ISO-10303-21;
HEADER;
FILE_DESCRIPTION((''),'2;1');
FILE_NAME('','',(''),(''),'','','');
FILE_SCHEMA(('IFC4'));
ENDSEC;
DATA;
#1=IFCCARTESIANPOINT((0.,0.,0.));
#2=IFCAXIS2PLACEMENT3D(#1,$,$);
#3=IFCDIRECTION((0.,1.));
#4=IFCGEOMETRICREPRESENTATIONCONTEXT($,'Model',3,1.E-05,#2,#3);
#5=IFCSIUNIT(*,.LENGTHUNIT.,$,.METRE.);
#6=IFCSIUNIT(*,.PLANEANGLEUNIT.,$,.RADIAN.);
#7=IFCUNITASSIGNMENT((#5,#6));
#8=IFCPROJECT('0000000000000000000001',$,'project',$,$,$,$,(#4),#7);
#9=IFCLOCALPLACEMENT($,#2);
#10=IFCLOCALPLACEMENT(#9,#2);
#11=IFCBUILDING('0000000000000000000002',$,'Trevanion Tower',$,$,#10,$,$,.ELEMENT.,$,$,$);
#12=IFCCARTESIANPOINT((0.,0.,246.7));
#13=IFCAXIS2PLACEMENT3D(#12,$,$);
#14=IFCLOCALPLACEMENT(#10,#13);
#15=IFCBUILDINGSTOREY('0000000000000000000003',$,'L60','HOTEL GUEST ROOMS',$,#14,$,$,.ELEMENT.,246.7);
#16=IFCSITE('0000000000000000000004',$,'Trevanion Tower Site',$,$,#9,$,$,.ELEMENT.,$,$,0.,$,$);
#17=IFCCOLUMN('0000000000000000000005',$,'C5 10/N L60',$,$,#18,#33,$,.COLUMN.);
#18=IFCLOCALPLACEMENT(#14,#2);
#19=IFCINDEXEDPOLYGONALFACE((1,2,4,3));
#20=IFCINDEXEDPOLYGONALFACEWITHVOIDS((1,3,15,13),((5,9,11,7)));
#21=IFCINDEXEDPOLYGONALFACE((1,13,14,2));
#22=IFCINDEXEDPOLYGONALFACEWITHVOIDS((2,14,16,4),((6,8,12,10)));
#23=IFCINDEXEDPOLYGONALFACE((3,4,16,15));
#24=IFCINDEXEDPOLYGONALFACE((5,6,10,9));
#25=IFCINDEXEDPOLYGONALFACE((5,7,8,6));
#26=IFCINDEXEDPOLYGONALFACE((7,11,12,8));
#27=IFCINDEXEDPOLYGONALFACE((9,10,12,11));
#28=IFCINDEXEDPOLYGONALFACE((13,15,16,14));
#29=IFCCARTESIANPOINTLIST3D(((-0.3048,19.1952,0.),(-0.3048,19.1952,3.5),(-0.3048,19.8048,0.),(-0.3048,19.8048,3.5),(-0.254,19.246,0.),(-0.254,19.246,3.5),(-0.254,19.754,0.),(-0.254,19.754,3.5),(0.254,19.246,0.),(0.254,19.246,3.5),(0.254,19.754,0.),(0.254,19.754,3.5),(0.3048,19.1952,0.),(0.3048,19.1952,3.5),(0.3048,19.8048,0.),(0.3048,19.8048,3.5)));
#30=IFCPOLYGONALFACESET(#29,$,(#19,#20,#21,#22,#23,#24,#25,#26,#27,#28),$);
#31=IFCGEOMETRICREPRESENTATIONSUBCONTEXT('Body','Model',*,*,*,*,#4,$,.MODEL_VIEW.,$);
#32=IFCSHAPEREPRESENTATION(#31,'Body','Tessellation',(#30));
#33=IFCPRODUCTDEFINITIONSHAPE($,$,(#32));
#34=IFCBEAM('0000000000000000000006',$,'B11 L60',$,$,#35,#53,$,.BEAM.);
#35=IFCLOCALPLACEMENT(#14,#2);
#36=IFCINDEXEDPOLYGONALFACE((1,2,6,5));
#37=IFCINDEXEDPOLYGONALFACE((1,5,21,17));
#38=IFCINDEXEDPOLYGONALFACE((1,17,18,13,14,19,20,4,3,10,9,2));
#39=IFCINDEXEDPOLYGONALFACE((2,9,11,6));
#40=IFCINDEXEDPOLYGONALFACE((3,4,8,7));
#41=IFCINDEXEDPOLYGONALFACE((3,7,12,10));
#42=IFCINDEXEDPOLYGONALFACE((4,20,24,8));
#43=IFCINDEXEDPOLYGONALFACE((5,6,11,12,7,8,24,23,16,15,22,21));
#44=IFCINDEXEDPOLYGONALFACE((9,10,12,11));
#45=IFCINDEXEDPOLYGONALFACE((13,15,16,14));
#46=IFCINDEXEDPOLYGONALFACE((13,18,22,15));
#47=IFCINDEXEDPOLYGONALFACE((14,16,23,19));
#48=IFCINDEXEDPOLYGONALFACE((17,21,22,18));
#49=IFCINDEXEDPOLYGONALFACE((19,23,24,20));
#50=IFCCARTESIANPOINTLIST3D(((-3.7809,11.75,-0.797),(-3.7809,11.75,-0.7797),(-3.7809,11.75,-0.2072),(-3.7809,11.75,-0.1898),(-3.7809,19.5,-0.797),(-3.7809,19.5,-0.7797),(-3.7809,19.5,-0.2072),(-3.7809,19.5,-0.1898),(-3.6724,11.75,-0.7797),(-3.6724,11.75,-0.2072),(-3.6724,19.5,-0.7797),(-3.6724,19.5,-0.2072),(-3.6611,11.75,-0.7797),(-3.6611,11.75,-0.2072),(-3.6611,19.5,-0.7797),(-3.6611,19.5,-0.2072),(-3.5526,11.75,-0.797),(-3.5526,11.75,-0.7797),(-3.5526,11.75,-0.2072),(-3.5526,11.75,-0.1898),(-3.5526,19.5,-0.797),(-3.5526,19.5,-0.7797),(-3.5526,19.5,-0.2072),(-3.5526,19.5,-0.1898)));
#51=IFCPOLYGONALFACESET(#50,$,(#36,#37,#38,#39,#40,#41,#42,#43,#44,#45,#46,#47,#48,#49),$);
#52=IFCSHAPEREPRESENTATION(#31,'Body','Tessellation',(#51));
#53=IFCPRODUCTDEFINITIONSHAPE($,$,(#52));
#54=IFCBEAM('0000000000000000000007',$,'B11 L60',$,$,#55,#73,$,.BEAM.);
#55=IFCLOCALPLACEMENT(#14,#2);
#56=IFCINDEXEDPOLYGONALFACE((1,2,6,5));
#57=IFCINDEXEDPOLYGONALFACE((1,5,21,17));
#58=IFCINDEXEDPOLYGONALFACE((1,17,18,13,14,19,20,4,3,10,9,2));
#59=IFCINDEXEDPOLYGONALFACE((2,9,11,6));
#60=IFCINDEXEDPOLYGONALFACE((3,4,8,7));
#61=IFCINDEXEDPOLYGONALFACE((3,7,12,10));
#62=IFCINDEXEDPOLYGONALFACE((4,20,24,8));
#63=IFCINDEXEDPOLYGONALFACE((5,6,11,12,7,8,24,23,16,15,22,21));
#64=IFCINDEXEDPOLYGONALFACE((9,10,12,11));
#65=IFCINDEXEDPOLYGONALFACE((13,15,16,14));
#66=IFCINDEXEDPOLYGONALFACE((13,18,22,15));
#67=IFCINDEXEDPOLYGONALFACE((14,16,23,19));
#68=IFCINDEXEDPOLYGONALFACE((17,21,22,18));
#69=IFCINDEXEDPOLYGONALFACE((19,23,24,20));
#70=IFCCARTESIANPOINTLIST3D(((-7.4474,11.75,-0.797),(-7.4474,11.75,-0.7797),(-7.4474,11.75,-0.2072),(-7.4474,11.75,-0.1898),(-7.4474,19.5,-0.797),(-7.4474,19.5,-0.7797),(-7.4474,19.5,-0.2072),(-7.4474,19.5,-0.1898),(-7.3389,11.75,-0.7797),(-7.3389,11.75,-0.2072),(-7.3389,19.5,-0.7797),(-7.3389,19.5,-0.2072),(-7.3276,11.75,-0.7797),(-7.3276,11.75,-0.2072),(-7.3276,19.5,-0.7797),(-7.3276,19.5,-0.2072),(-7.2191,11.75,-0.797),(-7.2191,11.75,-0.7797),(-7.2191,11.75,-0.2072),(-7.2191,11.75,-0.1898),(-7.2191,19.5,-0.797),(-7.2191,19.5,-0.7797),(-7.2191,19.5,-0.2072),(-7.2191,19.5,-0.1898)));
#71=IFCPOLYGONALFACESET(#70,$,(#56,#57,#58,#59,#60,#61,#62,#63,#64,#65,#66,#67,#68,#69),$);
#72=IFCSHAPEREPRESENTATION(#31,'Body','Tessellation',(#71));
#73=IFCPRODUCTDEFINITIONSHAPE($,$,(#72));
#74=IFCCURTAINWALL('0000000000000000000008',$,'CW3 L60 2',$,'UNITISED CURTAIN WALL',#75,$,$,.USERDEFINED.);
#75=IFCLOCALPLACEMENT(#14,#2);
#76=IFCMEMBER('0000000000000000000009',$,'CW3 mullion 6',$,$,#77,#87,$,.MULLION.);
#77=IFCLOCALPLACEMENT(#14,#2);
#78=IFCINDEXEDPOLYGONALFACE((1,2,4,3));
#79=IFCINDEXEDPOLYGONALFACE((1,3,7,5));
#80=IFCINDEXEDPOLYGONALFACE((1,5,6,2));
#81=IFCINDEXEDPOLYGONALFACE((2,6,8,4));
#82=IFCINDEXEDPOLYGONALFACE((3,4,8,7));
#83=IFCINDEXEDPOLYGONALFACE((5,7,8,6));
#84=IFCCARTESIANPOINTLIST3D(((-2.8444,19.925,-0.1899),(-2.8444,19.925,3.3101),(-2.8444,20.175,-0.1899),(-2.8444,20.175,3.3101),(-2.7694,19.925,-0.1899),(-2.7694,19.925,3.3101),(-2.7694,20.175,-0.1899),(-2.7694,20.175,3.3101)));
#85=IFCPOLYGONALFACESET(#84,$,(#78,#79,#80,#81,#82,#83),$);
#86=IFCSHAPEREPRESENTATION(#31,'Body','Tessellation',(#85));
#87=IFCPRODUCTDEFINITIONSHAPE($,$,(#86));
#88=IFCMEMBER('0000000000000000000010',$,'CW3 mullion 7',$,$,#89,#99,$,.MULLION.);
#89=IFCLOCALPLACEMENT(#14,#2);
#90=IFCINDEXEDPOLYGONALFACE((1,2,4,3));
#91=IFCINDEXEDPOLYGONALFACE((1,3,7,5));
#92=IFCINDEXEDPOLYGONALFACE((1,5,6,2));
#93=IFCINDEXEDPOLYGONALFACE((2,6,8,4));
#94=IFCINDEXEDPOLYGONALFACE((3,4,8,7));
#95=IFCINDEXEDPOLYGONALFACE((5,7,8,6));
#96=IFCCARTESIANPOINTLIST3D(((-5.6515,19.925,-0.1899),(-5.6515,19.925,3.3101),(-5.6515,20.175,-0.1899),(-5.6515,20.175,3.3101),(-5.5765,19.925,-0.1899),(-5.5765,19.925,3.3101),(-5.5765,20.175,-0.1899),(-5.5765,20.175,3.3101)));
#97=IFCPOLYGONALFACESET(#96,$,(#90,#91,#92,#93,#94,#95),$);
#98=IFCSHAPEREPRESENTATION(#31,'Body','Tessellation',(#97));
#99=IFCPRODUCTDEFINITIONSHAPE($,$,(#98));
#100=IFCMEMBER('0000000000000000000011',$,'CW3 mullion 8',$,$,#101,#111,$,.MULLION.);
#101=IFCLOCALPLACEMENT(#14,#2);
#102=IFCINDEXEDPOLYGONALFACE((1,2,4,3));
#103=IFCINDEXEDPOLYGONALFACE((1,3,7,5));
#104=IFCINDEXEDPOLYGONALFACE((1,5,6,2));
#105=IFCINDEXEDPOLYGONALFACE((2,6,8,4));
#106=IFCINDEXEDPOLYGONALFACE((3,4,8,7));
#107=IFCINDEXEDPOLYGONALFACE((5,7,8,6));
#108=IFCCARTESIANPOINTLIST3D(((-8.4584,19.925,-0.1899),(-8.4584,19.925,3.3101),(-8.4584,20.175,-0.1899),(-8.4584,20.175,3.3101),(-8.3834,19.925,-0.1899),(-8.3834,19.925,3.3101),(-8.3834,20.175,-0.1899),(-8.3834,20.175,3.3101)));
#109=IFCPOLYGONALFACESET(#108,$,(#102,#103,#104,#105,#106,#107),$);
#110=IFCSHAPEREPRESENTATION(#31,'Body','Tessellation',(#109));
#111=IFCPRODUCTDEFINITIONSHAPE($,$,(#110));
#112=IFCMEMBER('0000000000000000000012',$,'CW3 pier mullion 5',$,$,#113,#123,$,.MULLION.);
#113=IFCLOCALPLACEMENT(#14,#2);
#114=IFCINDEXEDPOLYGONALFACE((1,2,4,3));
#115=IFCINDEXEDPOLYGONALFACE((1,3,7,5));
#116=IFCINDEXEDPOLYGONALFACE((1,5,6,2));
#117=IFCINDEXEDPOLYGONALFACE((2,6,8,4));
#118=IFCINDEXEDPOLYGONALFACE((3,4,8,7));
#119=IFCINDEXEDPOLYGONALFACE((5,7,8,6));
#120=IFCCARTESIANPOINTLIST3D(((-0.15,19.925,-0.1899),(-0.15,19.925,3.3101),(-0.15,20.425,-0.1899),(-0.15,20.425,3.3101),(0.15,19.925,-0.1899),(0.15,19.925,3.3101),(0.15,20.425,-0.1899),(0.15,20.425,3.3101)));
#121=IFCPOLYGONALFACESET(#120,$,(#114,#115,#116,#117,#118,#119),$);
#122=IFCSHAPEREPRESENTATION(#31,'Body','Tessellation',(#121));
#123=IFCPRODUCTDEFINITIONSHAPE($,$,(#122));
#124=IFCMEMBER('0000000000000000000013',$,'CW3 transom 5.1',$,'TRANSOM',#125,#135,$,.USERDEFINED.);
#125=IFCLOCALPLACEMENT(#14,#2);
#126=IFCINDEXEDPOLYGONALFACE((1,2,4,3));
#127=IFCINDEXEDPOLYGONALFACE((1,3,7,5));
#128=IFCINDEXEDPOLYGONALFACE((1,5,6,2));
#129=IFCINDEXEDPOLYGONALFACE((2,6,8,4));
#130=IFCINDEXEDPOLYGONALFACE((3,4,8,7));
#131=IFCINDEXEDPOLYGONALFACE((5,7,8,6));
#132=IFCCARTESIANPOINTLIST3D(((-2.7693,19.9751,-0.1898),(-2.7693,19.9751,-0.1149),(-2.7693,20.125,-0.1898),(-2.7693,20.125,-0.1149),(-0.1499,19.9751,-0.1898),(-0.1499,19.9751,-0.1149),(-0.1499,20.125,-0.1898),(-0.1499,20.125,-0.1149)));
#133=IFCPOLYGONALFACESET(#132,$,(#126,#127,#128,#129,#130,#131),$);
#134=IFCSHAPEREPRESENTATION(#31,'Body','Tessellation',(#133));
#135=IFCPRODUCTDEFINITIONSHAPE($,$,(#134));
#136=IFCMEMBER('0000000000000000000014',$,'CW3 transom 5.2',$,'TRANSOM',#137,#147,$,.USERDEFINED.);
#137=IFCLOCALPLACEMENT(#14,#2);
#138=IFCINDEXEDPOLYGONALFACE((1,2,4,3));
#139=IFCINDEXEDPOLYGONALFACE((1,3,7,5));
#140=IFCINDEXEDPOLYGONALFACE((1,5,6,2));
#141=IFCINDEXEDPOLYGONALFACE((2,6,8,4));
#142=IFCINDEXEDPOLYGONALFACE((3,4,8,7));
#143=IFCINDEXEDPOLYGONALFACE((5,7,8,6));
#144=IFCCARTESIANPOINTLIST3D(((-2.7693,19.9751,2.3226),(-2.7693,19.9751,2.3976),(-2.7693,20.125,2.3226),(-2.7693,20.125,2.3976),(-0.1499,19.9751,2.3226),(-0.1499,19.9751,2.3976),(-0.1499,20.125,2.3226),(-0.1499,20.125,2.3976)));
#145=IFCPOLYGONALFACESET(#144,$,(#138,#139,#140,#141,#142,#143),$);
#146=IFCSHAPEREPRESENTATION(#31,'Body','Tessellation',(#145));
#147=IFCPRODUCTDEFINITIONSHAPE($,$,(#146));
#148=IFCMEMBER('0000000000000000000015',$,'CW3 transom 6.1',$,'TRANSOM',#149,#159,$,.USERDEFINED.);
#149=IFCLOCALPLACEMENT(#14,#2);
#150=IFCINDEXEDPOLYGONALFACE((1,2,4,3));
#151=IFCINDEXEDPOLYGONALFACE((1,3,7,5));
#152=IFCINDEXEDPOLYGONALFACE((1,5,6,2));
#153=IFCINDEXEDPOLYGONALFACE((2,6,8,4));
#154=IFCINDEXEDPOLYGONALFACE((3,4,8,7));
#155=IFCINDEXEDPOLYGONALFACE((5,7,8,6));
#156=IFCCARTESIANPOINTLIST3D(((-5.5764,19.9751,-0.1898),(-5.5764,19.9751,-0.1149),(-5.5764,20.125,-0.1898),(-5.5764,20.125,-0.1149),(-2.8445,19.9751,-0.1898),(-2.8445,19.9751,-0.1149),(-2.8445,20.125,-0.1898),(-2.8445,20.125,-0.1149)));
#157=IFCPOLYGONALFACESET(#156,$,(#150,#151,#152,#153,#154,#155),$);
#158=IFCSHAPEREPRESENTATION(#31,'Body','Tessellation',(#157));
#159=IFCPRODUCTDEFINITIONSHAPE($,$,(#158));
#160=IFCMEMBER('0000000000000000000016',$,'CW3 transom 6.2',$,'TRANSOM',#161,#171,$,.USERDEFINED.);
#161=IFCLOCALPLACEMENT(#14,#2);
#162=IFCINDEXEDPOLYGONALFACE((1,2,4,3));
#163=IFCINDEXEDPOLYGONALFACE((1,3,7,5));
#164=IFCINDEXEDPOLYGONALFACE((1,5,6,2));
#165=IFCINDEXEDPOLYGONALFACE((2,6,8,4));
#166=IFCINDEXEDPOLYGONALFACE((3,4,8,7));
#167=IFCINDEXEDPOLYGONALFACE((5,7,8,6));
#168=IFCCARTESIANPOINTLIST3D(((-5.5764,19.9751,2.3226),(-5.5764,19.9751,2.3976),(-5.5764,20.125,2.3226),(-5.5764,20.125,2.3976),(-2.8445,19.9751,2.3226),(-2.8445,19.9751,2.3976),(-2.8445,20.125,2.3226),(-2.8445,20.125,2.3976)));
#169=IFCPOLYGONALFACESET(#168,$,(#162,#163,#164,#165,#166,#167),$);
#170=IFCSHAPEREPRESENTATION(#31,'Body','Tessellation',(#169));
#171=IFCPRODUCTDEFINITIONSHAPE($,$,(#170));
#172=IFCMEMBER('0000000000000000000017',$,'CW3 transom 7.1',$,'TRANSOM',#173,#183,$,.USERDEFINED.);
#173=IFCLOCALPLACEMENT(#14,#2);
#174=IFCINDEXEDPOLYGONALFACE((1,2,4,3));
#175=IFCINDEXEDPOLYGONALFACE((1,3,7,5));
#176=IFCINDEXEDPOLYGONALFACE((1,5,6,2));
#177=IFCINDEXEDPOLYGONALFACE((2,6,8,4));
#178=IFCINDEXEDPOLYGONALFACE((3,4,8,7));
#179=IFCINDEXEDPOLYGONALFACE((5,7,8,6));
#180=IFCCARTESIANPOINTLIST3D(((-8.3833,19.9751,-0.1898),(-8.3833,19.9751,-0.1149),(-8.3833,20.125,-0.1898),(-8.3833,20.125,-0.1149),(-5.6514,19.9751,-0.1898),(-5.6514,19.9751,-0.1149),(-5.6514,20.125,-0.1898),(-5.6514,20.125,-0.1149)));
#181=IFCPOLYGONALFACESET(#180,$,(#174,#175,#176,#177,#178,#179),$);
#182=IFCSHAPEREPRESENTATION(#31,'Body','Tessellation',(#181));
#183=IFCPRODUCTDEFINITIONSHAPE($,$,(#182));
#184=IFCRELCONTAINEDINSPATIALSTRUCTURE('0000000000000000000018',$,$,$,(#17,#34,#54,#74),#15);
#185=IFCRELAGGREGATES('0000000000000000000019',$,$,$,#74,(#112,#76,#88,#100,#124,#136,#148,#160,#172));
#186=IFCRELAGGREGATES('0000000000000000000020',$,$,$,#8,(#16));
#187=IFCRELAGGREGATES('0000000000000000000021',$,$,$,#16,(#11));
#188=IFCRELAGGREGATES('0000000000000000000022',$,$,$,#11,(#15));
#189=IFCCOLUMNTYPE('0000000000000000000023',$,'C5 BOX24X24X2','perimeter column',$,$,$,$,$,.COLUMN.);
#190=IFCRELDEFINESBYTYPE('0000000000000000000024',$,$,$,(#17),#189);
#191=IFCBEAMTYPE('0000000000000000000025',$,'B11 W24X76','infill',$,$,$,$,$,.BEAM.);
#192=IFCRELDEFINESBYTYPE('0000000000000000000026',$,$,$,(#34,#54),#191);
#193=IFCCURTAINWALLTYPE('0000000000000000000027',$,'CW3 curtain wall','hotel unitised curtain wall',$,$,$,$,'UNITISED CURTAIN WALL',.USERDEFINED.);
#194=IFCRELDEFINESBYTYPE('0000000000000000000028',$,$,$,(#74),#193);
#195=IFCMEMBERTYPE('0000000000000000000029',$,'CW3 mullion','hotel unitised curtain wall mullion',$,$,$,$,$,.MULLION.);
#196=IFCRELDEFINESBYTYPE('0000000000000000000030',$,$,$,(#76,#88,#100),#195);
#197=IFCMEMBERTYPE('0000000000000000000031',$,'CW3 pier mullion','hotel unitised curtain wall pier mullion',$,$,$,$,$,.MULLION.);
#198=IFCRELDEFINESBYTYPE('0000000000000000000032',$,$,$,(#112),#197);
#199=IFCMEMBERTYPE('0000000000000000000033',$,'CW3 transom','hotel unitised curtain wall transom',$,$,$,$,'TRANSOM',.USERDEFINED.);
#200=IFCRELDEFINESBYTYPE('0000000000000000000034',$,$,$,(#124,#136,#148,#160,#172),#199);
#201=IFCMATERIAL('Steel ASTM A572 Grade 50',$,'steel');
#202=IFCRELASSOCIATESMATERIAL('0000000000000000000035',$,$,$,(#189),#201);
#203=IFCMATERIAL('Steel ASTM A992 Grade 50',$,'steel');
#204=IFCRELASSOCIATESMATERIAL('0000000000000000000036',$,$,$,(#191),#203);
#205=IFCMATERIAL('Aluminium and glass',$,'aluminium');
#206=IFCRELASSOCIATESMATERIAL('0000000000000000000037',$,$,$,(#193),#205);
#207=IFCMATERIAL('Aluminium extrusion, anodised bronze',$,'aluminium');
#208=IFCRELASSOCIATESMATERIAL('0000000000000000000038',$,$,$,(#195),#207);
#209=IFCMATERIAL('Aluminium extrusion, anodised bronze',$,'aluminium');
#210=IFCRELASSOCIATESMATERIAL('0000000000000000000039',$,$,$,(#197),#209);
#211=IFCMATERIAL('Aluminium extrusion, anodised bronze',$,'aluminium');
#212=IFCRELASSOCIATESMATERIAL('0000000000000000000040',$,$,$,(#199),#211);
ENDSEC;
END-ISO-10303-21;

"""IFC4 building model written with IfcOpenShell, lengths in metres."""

from ifc_helpers import new_model, si_unit, direction, frame, origin, origin_2d, place, context, subcontext, project, spatial, rectangle, hollow_rectangle, i_section, extrude, material, material_profile, profile_set, type_object, element, aggregate, save


model = new_model("IFC4")

# Units and contexts
model_context = context("Model", 3, precision=1e-05, world=origin(), true_north=direction((0.0, 1.0)))
body_context = subcontext(model_context, "Body", "Model", "MODEL_VIEW")
ifc_project = project(units=[si_unit("LENGTHUNIT", "METRE"), si_unit("PLANEANGLEUNIT", "RADIAN")], contexts=[model_context])

# Site, building, storey
site_placement = place(None, origin())
site = spatial("IfcSite", under=ifc_project, at=site_placement, Name="Trevanion Tower Site", CompositionType="ELEMENT", RefElevation=0.0)
building_placement = place(site_placement, origin())
building = spatial("IfcBuilding", under=site, at=building_placement, Name="Trevanion Tower", CompositionType="ELEMENT")
storey_placement = place(building_placement, frame((0.0, 0.0, 246.7)))
storey = spatial("IfcBuildingStorey", under=building, at=storey_placement, Name="L60", Description="HOTEL GUEST ROOMS", CompositionType="ELEMENT", Elevation=246.7)

# Column
ifc_material_1 = material(Name="Steel ASTM A572 Grade 50", Category="steel")
ifc_material_profile_1 = material_profile(ifc_material_1, hollow_rectangle(XDim=0.6096, YDim=0.6096, WallThickness=0.0508, at=origin_2d()), Name="BOX24X24X2")
ifc_profile_set_1 = profile_set([ifc_material_profile_1], Name="Steel ASTM A572 Grade 50")
column_type = type_object("IfcColumnType", Name="C5 BOX24X24X2", Description="perimeter column", PredefinedType="COLUMN", material=ifc_profile_set_1)
column_placement = place(storey_placement, frame((0.0, 19.5, 0.0), z_axis=(0.0, 0.0, 1.0), x_axis=(1.0, 0.0, 0.0)))
element("IfcColumn", 1, at=column_placement, inside=storey, type_object=column_type, Name="C5 10/N L60", PredefinedType="COLUMN", context=body_context, shape_type="SweptSolid", body=[
    extrude(hollow_rectangle(XDim=0.6096, YDim=0.6096, WallThickness=0.0508, at=origin_2d()), origin(), (0.0, 0.0, 1.0), 3.5),
])

# Beams
ifc_material_2 = material(Name="Steel ASTM A992 Grade 50", Category="steel")
ifc_material_profile_2 = material_profile(ifc_material_2, i_section(OverallWidth=0.2283, OverallDepth=0.6072, WebThickness=0.0112, FlangeThickness=0.0173, at=origin_2d()), Name="W24X76")
ifc_profile_set_2 = profile_set([ifc_material_profile_2], Name="Steel ASTM A992 Grade 50")
beam_type_1 = type_object("IfcBeamType", Name="B11 W24X76", Description="infill", PredefinedType="BEAM", material=ifc_profile_set_2)
for number, where, z_axis, x_axis, name in (
    (2, (-3.6667, 11.75, -0.4934), (0.0, 1.0, 0.0), (-1.0, 0.0, 0.0), "B11 L60"),
    (3, (-7.3333, 11.75, -0.4934), (0.0, 1.0, 0.0), (-1.0, 0.0, 0.0), "B11 L60"),
):
    element("IfcBeam", number, at=place(storey_placement, frame(where, z_axis=z_axis, x_axis=x_axis)), inside=storey, type_object=beam_type_1, Name=name, PredefinedType="BEAM", context=body_context, shape_type="SweptSolid", body=[
        extrude(i_section(OverallWidth=0.2283, OverallDepth=0.6072, WebThickness=0.0112, FlangeThickness=0.0173, at=origin_2d()), origin(), (0.0, 0.0, 1.0), 7.75),
    ])

# Curtain wall, members
ifc_material_3 = material(Name="Aluminium and glass", Category="aluminium")
curtain_wall_type = type_object("IfcCurtainWallType", Name="CW3 curtain wall", Description="hotel unitised curtain wall", ElementType="UNITISED CURTAIN WALL", PredefinedType="USERDEFINED", material=ifc_material_3)
curtain_wall_placement = place(storey_placement, origin())
curtain_wall = element("IfcCurtainWall", 4, at=curtain_wall_placement, inside=storey, type_object=curtain_wall_type, Name="CW3 L60 2", ObjectType="UNITISED CURTAIN WALL", PredefinedType="USERDEFINED")
ifc_material_4 = material(Name="Aluminium extrusion, anodised bronze", Category="aluminium")
ifc_material_profile_3 = material_profile(ifc_material_4, rectangle(XDim=0.075, YDim=0.25, at=origin_2d()), Name="CW3 mullion")
ifc_profile_set_3 = profile_set([ifc_material_profile_3], Name="Aluminium extrusion, anodised bronze")
member_type_1 = type_object("IfcMemberType", Name="CW3 mullion", Description="hotel unitised curtain wall mullion", PredefinedType="MULLION", material=ifc_profile_set_3)
member_1_placement = place(storey_placement, frame((-2.8069, 20.05, -0.1899), z_axis=(0.0, 0.0, 1.0), x_axis=(-1.0, 0.0, 0.0)))
member_1 = element("IfcMember", 5, at=member_1_placement, type_object=member_type_1, Name="CW3 mullion 6", PredefinedType="MULLION", context=body_context, shape_type="SweptSolid", body=[
    extrude(rectangle(XDim=0.075, YDim=0.25, at=origin_2d()), origin(), (0.0, 0.0, 1.0), 3.5),
])
member_2_placement = place(storey_placement, frame((-5.614, 20.05, -0.1899), z_axis=(0.0, 0.0, 1.0), x_axis=(-1.0, 0.0, 0.0)))
member_2 = element("IfcMember", 6, at=member_2_placement, type_object=member_type_1, Name="CW3 mullion 7", PredefinedType="MULLION", context=body_context, shape_type="SweptSolid", body=[
    extrude(rectangle(XDim=0.075, YDim=0.25, at=origin_2d()), origin(), (0.0, 0.0, 1.0), 3.5),
])
member_3_placement = place(storey_placement, frame((-8.4209, 20.05, -0.1899), z_axis=(0.0, 0.0, 1.0), x_axis=(-1.0, 0.0, 0.0)))
member_3 = element("IfcMember", 7, at=member_3_placement, type_object=member_type_1, Name="CW3 mullion 8", PredefinedType="MULLION", context=body_context, shape_type="SweptSolid", body=[
    extrude(rectangle(XDim=0.075, YDim=0.25, at=origin_2d()), origin(), (0.0, 0.0, 1.0), 3.5),
])
ifc_material_5 = material(Name="Aluminium extrusion, anodised bronze", Category="aluminium")
ifc_material_profile_4 = material_profile(ifc_material_5, rectangle(XDim=0.3, YDim=0.5, at=origin_2d()), Name="CW3 pier mullion")
ifc_profile_set_4 = profile_set([ifc_material_profile_4], Name="Aluminium extrusion, anodised bronze")
member_type_2 = type_object("IfcMemberType", Name="CW3 pier mullion", Description="hotel unitised curtain wall pier mullion", PredefinedType="MULLION", material=ifc_profile_set_4)
member_4_placement = place(storey_placement, frame((0.0, 20.175, -0.1899), z_axis=(0.0, 0.0, 1.0), x_axis=(-1.0, 0.0, 0.0)))
member_4 = element("IfcMember", 8, at=member_4_placement, type_object=member_type_2, Name="CW3 pier mullion 5", PredefinedType="MULLION", context=body_context, shape_type="SweptSolid", body=[
    extrude(rectangle(XDim=0.3, YDim=0.5, at=origin_2d()), origin(), (0.0, 0.0, 1.0), 3.5),
])
ifc_material_6 = material(Name="Aluminium extrusion, anodised bronze", Category="aluminium")
ifc_material_profile_5 = material_profile(ifc_material_6, rectangle(XDim=0.1499, YDim=0.075, at=origin_2d()), Name="CW3 transom")
ifc_profile_set_5 = profile_set([ifc_material_profile_5], Name="Aluminium extrusion, anodised bronze")
member_type_3 = type_object("IfcMemberType", Name="CW3 transom", Description="hotel unitised curtain wall transom", ElementType="TRANSOM", PredefinedType="USERDEFINED", material=ifc_profile_set_5)
member_5_placement = place(storey_placement, frame((-0.1499, 20.05, -0.1523), z_axis=(-1.0, 0.0, 0.0), x_axis=(0.0, -1.0, 0.0)))
member_5 = element("IfcMember", 9, at=member_5_placement, type_object=member_type_3, Name="CW3 transom 5.1", ObjectType="TRANSOM", PredefinedType="USERDEFINED", context=body_context, shape_type="SweptSolid", body=[
    extrude(rectangle(XDim=0.1499, YDim=0.075, at=origin_2d()), origin(), (0.0, 0.0, 1.0), 2.6194),
])
member_6_placement = place(storey_placement, frame((-0.1499, 20.05, 2.3601), z_axis=(-1.0, 0.0, 0.0), x_axis=(0.0, -1.0, 0.0)))
member_6 = element("IfcMember", 10, at=member_6_placement, type_object=member_type_3, Name="CW3 transom 5.2", ObjectType="TRANSOM", PredefinedType="USERDEFINED", context=body_context, shape_type="SweptSolid", body=[
    extrude(rectangle(XDim=0.1499, YDim=0.075, at=origin_2d()), origin(), (0.0, 0.0, 1.0), 2.6194),
])
member_7_placement = place(storey_placement, frame((-2.8445, 20.05, -0.1523), z_axis=(-1.0, 0.0, 0.0), x_axis=(0.0, -1.0, 0.0)))
member_7 = element("IfcMember", 11, at=member_7_placement, type_object=member_type_3, Name="CW3 transom 6.1", ObjectType="TRANSOM", PredefinedType="USERDEFINED", context=body_context, shape_type="SweptSolid", body=[
    extrude(rectangle(XDim=0.1499, YDim=0.075, at=origin_2d()), origin(), (0.0, 0.0, 1.0), 2.7319),
])
member_8_placement = place(storey_placement, frame((-2.8445, 20.05, 2.3601), z_axis=(-1.0, 0.0, 0.0), x_axis=(0.0, -1.0, 0.0)))
member_8 = element("IfcMember", 12, at=member_8_placement, type_object=member_type_3, Name="CW3 transom 6.2", ObjectType="TRANSOM", PredefinedType="USERDEFINED", context=body_context, shape_type="SweptSolid", body=[
    extrude(rectangle(XDim=0.1499, YDim=0.075, at=origin_2d()), origin(), (0.0, 0.0, 1.0), 2.7319),
])
member_9_placement = place(storey_placement, frame((-5.6514, 20.05, -0.1523), z_axis=(-1.0, 0.0, 0.0), x_axis=(0.0, -1.0, 0.0)))
member_9 = element("IfcMember", 13, at=member_9_placement, type_object=member_type_3, Name="CW3 transom 7.1", ObjectType="TRANSOM", PredefinedType="USERDEFINED", context=body_context, shape_type="SweptSolid", body=[
    extrude(rectangle(XDim=0.1499, YDim=0.075, at=origin_2d()), origin(), (0.0, 0.0, 1.0), 2.7319),
])

aggregate(curtain_wall, [member_4, member_1, member_2, member_3, member_5, member_6, member_7, member_8, member_9])

save(model, "model.ifc")
